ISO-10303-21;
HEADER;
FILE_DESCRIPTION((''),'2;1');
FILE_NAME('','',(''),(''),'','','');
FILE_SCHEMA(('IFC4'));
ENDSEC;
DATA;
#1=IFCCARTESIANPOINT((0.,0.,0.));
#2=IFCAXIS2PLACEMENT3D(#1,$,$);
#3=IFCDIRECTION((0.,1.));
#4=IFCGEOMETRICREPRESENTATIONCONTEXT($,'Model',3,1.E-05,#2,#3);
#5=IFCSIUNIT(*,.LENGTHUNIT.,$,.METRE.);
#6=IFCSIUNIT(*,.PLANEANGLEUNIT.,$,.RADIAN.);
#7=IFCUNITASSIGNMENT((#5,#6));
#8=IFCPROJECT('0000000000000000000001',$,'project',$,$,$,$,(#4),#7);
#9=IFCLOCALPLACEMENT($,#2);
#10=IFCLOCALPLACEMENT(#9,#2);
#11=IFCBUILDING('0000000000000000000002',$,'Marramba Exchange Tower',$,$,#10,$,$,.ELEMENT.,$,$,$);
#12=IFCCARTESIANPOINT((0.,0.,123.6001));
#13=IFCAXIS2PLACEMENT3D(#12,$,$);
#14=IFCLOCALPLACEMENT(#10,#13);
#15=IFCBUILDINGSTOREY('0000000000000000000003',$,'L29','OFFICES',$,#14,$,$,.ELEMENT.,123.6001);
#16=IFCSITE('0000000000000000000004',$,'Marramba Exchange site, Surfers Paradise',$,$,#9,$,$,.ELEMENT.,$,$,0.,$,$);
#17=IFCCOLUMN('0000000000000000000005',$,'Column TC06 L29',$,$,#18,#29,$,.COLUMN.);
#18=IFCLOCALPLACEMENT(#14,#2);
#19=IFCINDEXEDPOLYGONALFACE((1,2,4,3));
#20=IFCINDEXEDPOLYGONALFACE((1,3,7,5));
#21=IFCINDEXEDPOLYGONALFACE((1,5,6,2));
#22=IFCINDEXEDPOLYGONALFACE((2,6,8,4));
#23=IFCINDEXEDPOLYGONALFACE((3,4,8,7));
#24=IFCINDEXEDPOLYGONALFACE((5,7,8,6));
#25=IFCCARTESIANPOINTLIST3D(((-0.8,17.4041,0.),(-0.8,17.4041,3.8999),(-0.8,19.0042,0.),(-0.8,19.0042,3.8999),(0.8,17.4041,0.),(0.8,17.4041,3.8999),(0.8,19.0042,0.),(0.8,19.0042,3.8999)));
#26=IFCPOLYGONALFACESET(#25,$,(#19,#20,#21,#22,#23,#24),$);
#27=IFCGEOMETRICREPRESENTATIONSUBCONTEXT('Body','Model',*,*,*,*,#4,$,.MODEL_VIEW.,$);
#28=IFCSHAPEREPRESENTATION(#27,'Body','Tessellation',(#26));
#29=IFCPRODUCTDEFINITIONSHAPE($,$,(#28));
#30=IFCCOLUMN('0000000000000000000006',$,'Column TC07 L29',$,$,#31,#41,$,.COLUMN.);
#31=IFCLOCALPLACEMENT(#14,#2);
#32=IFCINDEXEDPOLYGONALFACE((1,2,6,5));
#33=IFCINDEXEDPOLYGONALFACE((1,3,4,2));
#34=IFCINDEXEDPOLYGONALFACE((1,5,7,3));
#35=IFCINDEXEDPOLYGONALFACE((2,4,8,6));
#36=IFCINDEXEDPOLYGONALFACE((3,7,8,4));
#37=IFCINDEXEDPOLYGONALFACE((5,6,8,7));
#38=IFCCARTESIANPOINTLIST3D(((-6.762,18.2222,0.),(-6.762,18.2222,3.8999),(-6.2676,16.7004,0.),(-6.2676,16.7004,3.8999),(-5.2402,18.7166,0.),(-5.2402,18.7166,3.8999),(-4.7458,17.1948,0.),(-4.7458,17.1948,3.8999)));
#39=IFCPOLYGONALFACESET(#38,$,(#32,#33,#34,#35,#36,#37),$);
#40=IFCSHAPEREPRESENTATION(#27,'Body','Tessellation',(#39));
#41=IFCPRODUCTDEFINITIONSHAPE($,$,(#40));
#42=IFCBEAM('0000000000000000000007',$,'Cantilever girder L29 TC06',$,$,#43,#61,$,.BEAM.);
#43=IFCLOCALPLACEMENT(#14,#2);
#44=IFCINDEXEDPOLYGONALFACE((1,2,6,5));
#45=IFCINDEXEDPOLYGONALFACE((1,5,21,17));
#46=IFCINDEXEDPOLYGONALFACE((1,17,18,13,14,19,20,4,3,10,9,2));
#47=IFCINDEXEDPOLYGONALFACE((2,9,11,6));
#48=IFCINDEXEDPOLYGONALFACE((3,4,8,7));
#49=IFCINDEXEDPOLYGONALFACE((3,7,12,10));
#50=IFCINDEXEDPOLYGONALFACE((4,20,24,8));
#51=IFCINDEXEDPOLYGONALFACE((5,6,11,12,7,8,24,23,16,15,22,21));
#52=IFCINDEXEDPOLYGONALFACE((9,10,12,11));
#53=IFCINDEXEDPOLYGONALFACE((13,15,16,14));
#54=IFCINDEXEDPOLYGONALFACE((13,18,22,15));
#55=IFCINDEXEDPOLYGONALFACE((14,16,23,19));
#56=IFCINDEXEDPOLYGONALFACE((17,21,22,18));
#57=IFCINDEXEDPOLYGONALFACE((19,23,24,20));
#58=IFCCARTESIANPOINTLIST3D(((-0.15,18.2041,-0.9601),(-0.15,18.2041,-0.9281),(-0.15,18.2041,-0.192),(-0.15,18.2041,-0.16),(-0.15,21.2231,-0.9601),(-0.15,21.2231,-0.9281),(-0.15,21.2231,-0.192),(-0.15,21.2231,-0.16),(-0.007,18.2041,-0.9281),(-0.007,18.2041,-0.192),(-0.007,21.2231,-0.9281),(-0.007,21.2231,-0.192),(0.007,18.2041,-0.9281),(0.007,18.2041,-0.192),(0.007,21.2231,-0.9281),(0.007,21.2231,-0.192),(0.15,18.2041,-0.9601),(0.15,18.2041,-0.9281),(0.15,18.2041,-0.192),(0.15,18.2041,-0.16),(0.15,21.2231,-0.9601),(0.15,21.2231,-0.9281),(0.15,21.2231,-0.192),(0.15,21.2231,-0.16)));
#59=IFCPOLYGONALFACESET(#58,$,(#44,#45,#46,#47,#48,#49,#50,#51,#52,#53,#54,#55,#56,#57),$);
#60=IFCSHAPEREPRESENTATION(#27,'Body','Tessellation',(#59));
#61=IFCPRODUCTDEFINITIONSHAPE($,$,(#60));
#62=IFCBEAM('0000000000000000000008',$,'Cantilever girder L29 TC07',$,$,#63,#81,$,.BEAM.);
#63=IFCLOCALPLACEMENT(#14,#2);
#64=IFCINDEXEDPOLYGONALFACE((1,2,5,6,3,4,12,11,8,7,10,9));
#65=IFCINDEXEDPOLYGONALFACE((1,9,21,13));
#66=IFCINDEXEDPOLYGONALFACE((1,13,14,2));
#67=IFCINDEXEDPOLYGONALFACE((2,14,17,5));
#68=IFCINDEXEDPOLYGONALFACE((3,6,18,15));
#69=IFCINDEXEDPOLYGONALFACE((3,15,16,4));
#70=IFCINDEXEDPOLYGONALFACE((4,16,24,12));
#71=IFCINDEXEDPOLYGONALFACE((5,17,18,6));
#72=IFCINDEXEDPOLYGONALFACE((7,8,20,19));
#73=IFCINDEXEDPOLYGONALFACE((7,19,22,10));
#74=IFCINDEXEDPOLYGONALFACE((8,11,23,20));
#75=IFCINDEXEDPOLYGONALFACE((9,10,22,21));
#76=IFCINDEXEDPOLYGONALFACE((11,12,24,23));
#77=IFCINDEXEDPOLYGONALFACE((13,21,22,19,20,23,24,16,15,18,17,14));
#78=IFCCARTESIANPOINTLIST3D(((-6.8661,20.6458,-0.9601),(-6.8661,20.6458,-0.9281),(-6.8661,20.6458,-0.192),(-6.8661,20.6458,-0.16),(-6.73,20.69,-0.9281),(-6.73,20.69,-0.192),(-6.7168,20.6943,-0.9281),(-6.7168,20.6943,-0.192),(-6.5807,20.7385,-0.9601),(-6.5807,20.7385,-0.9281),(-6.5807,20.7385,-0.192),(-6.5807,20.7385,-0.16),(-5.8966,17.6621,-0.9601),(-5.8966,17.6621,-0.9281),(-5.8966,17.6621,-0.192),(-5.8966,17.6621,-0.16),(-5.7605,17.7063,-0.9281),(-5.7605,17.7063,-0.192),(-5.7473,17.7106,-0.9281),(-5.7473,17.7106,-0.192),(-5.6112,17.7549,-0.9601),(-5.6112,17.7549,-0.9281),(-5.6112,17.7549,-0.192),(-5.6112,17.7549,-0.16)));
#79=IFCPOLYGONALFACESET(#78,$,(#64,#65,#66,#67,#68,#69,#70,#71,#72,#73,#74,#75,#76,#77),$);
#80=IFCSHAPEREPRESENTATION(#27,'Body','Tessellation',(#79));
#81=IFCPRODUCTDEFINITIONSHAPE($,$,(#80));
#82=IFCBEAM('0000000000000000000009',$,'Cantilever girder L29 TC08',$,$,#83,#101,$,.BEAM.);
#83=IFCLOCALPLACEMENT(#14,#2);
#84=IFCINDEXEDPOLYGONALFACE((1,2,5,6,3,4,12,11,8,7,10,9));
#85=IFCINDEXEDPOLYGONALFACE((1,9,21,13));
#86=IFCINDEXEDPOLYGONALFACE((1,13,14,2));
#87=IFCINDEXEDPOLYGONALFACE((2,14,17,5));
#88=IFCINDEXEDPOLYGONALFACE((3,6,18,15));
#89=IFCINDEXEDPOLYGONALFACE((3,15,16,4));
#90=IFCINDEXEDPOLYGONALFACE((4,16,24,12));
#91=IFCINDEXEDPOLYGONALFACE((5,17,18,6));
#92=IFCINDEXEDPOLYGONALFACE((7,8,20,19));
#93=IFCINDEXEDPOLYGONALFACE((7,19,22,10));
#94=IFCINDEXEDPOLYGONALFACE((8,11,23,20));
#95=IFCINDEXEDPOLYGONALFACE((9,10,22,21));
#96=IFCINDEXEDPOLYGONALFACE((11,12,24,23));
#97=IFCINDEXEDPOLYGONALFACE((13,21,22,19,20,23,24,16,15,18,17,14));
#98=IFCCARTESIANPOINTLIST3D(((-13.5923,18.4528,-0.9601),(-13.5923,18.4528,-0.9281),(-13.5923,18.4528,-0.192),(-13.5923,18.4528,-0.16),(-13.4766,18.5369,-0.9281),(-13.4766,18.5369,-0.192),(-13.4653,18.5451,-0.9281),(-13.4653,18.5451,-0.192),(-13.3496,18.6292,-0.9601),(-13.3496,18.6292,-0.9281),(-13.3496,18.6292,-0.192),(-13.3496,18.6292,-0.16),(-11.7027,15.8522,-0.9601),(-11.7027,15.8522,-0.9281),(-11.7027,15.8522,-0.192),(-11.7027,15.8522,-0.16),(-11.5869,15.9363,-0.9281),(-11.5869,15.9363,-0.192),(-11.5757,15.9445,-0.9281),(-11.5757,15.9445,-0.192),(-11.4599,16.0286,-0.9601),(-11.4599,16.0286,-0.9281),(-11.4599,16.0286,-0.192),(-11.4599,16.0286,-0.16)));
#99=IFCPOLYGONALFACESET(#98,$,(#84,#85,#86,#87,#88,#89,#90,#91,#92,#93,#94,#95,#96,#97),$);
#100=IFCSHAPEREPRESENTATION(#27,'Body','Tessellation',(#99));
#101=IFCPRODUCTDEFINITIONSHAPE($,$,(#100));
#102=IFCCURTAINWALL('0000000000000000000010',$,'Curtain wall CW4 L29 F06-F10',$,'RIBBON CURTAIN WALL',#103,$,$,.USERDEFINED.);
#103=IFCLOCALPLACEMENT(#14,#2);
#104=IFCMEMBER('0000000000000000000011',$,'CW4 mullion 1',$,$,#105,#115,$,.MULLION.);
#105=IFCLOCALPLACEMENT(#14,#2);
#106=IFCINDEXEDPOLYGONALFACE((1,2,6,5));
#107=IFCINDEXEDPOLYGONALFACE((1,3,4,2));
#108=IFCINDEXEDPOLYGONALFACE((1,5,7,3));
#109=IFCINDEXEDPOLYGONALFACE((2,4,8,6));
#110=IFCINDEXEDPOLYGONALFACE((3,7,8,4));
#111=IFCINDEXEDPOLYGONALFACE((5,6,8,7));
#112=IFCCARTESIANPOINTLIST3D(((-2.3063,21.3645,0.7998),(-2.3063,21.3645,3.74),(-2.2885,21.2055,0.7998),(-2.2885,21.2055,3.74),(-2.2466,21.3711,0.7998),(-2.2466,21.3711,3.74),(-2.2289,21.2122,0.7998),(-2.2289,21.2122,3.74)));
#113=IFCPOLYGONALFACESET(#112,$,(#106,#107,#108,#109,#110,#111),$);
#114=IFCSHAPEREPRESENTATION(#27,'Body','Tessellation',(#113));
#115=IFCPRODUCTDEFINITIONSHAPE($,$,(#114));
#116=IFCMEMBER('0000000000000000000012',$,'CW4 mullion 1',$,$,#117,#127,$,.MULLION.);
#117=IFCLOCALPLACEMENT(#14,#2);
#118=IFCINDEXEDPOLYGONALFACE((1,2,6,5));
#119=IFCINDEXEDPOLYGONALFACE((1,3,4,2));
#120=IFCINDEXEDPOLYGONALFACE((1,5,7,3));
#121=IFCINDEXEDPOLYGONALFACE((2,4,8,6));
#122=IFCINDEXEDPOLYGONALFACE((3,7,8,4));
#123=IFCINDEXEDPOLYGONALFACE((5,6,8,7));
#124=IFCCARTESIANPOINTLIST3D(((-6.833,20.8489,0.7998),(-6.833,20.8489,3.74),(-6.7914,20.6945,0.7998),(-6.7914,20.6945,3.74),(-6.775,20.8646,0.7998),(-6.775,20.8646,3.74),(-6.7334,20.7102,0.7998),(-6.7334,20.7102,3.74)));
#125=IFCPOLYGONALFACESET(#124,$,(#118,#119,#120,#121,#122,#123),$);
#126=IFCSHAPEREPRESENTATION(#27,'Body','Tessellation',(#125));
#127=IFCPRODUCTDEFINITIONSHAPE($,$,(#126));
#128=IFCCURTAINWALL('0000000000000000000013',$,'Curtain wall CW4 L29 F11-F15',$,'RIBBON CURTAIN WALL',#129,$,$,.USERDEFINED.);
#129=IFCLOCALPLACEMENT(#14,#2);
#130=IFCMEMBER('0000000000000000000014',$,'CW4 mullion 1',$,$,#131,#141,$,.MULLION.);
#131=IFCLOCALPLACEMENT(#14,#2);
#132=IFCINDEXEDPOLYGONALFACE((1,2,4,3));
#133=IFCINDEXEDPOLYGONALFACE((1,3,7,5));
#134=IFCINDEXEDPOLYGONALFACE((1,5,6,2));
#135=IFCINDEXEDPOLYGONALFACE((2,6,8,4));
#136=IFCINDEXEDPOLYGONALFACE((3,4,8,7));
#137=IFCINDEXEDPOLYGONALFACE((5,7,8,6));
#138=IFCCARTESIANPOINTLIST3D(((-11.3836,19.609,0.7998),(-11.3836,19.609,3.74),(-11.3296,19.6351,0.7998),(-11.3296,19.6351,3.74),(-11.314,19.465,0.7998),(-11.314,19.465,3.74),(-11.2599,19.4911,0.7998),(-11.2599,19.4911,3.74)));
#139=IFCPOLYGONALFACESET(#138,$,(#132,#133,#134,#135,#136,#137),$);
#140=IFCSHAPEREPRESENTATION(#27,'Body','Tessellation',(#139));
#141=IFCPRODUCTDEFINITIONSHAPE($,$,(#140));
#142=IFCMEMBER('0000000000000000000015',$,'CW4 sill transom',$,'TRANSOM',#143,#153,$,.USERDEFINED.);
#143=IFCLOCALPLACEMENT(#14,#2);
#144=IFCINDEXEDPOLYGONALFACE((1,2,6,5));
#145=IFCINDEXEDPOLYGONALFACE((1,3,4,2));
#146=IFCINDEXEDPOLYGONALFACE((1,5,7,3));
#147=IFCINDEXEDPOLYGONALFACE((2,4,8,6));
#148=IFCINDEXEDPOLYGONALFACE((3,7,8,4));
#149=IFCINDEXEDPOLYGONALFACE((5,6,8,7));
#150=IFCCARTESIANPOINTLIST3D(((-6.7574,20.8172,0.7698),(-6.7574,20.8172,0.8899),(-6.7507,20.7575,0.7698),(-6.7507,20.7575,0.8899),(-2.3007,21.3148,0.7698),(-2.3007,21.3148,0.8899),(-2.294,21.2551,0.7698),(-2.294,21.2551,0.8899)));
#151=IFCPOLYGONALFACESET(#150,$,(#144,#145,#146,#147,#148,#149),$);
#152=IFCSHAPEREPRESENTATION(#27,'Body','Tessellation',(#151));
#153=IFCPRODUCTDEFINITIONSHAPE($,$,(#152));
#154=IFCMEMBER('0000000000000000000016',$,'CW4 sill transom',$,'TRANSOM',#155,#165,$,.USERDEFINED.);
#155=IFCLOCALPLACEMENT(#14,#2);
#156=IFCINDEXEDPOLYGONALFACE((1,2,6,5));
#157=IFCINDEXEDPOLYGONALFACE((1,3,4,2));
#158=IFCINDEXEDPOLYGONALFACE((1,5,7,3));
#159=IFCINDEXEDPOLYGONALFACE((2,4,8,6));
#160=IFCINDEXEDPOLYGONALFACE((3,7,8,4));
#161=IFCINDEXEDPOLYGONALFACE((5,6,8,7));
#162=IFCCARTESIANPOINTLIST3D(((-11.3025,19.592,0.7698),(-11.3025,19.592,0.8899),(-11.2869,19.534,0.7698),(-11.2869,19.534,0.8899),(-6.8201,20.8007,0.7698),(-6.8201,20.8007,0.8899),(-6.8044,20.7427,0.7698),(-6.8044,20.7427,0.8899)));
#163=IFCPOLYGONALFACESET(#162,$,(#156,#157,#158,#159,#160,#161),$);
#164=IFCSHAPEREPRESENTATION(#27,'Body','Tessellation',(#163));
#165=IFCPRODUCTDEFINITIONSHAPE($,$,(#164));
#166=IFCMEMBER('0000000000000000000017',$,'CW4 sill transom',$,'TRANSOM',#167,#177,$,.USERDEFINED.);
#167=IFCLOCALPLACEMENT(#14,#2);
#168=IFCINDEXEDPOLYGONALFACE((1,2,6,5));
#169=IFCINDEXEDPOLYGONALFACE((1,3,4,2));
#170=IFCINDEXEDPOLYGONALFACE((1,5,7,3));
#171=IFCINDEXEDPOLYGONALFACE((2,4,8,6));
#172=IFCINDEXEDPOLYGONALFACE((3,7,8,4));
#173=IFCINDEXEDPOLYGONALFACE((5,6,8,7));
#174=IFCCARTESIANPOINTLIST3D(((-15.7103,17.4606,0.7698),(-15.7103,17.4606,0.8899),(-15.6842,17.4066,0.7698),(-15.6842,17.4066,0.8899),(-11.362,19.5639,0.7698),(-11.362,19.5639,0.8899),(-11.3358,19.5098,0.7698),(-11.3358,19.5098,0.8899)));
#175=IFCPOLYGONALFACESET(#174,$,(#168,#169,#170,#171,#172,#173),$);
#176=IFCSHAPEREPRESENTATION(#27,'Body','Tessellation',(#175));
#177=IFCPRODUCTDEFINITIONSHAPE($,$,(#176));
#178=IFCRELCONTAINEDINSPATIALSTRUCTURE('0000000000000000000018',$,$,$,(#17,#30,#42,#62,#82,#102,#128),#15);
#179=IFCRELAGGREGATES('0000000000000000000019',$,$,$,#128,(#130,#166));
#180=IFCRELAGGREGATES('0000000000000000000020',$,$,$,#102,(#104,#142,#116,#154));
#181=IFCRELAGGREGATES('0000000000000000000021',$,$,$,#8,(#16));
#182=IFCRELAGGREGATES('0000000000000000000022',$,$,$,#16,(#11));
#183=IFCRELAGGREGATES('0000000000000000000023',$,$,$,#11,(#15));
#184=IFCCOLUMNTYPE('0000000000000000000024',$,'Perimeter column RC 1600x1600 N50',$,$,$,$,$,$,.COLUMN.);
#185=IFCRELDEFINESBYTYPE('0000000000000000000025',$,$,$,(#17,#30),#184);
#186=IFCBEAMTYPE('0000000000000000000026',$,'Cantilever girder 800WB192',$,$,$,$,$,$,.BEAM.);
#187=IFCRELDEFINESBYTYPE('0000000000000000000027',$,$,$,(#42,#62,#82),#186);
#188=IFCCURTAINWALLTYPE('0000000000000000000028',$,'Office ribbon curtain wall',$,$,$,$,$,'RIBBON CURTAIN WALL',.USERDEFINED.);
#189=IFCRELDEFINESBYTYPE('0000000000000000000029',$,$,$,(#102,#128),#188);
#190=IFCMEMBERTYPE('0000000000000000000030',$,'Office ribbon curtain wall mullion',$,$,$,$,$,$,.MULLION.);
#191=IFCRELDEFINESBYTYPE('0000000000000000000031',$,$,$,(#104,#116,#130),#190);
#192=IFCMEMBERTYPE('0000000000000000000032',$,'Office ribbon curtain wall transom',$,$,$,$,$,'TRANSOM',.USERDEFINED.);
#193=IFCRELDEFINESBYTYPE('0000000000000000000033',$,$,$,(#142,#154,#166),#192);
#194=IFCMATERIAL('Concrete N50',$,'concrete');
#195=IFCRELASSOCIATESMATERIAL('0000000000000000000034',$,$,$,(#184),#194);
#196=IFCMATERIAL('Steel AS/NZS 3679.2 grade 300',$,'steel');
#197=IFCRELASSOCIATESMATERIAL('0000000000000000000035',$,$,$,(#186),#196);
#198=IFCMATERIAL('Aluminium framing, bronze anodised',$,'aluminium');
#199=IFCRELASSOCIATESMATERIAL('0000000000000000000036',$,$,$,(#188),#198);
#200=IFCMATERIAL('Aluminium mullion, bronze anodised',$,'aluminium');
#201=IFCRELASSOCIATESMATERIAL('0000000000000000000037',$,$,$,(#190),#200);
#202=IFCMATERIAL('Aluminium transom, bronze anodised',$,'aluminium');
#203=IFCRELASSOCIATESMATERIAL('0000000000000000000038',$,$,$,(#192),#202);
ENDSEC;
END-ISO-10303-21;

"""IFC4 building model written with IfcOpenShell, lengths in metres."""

from ifc_helpers import new_model, si_unit, direction, frame, origin, origin_2d, place, context, subcontext, project, spatial, rectangle, i_section, extrude, material, material_profile, profile_set, type_object, element, aggregate, save


model = new_model("IFC4")

# Units and contexts
model_context = context("Model", 3, precision=1e-05, world=origin(), true_north=direction((0.0, 1.0)))
body_context = subcontext(model_context, "Body", "Model", "MODEL_VIEW")
ifc_project = project(units=[si_unit("LENGTHUNIT", "METRE"), si_unit("PLANEANGLEUNIT", "RADIAN")], contexts=[model_context])

# Site, building, storey
site_placement = place(None, origin())
site = spatial("IfcSite", under=ifc_project, at=site_placement, Name="Marramba Exchange site, Surfers Paradise", CompositionType="ELEMENT", RefElevation=0.0)
building_placement = place(site_placement, origin())
building = spatial("IfcBuilding", under=site, at=building_placement, Name="Marramba Exchange Tower", CompositionType="ELEMENT")
storey_placement = place(building_placement, frame((0.0, 0.0, 123.6001)))
storey = spatial("IfcBuildingStorey", under=building, at=storey_placement, Name="L29", Description="OFFICES", CompositionType="ELEMENT", Elevation=123.6001)

# Columns
ifc_material_1 = material(Name="Concrete N50", Category="concrete")
ifc_material_profile_1 = material_profile(ifc_material_1, rectangle(XDim=1.6001, YDim=1.6001, at=origin_2d()), Name="RC 1600x1600")
ifc_profile_set_1 = profile_set([ifc_material_profile_1], Name="Concrete N50")
column_type = type_object("IfcColumnType", Name="Perimeter column RC 1600x1600 N50", PredefinedType="COLUMN", material=ifc_profile_set_1)
for number, where, z_axis, x_axis, name in (
    (1, (0.0, 18.2041, 0.0), (0.0, 0.0, 1.0), (0.0, 1.0, 0.0), "Column TC06 L29"),
    (2, (-5.7539, 17.7085, 0.0), (0.0, 0.0, 1.0), (-0.309017, 0.951057, 0.0), "Column TC07 L29"),
):
    element("IfcColumn", number, at=place(storey_placement, frame(where, z_axis=z_axis, x_axis=x_axis)), inside=storey, type_object=column_type, Name=name, PredefinedType="COLUMN", context=body_context, shape_type="SweptSolid", body=[
        extrude(rectangle(XDim=1.6001, YDim=1.6001, at=origin_2d()), origin(), (0.0, 0.0, 1.0), 3.8999),
    ])

# Beams
ifc_material_2 = material(Name="Steel AS/NZS 3679.2 grade 300", Category="steel")
ifc_material_profile_2 = material_profile(ifc_material_2, i_section(OverallWidth=0.3, OverallDepth=0.8, WebThickness=0.0139, FlangeThickness=0.032, at=origin_2d()), Name="800WB192")
ifc_profile_set_2 = profile_set([ifc_material_profile_2], Name="Steel AS/NZS 3679.2 grade 300")
beam_type_1 = type_object("IfcBeamType", Name="Cantilever girder 800WB192", PredefinedType="BEAM", material=ifc_profile_set_2)
beam_1_placement = place(storey_placement, frame((0.0, 18.2041, -0.5601), z_axis=(0.0, 1.0, 0.0), x_axis=(-1.0, 0.0, 0.0)))
element("IfcBeam", 3, at=beam_1_placement, inside=storey, type_object=beam_type_1, Name="Cantilever girder L29 TC06", PredefinedType="BEAM", context=body_context, shape_type="SweptSolid", body=[
    extrude(i_section(OverallWidth=0.3, OverallDepth=0.8, WebThickness=0.0139, FlangeThickness=0.032, at=origin_2d()), origin(), (0.0, 0.0, 1.0), 3.019),
])
beam_2_placement = place(storey_placement, frame((-5.7539, 17.7085, -0.5601), z_axis=(-0.309028, 0.951053, 0.0), x_axis=(-0.951053, -0.309028, 0.0)))
element("IfcBeam", 4, at=beam_2_placement, inside=storey, type_object=beam_type_1, Name="Cantilever girder L29 TC07", PredefinedType="BEAM", context=body_context, shape_type="SweptSolid", body=[
    extrude(i_section(OverallWidth=0.3, OverallDepth=0.8, WebThickness=0.0139, FlangeThickness=0.032, at=origin_2d()), origin(), (0.0, 0.0, 1.0), 3.1372),
])
beam_3_placement = place(storey_placement, frame((-11.5813, 15.9404, -0.5601), z_axis=(-0.587828, 0.808986, 0.0), x_axis=(-0.808986, -0.587828, 0.0)))
element("IfcBeam", 5, at=beam_3_placement, inside=storey, type_object=beam_type_1, Name="Cantilever girder L29 TC08", PredefinedType="BEAM", context=body_context, shape_type="SweptSolid", body=[
    extrude(i_section(OverallWidth=0.3, OverallDepth=0.8, WebThickness=0.0139, FlangeThickness=0.032, at=origin_2d()), origin(), (0.0, 0.0, 1.0), 3.2146),
])

# Curtain wall, members
ifc_material_3 = material(Name="Aluminium framing, bronze anodised", Category="aluminium")
curtain_wall_type = type_object("IfcCurtainWallType", Name="Office ribbon curtain wall", ElementType="RIBBON CURTAIN WALL", PredefinedType="USERDEFINED", material=ifc_material_3)
curtain_wall_1_placement = place(storey_placement, origin())
curtain_wall_1 = element("IfcCurtainWall", 6, at=curtain_wall_1_placement, inside=storey, type_object=curtain_wall_type, Name="Curtain wall CW4 L29 F06-F10", ObjectType="RIBBON CURTAIN WALL", PredefinedType="USERDEFINED")
ifc_material_4 = material(Name="Aluminium mullion, bronze anodised", Category="aluminium")
ifc_material_profile_3 = material_profile(ifc_material_4, rectangle(XDim=0.1599, YDim=0.0601, at=origin_2d()), Name="CW4 mullion 60x160")
ifc_profile_set_3 = profile_set([ifc_material_profile_3], Name="Aluminium mullion, bronze anodised")
member_type_1 = type_object("IfcMemberType", Name="Office ribbon curtain wall mullion", PredefinedType="MULLION", material=ifc_profile_set_3)
member_1_placement = place(storey_placement, frame((-2.2676, 21.2883, 0.7998), z_axis=(0.0, 0.0, 1.0), x_axis=(0.110973, -0.993823, 0.0)))
member_1 = element("IfcMember", 7, at=member_1_placement, type_object=member_type_1, Name="CW4 mullion 1", PredefinedType="MULLION", context=body_context, shape_type="SweptSolid", body=[
    extrude(rectangle(XDim=0.1599, YDim=0.0601, at=origin_2d()), origin(), (0.0, 0.0, 1.0), 2.9402),
])
member_2_placement = place(storey_placement, frame((-6.7832, 20.7795, 0.7998), z_axis=(0.0, 0.0, 1.0), x_axis=(0.260321, -0.965522, 0.0)))
member_2 = element("IfcMember", 8, at=member_2_placement, type_object=member_type_1, Name="CW4 mullion 1", PredefinedType="MULLION", context=body_context, shape_type="SweptSolid", body=[
    extrude(rectangle(XDim=0.1599, YDim=0.0601, at=origin_2d()), origin(), (0.0, 0.0, 1.0), 2.9402),
])

# Curtain wall, member
curtain_wall_2_placement = place(storey_placement, origin())
curtain_wall_2 = element("IfcCurtainWall", 9, at=curtain_wall_2_placement, inside=storey, type_object=curtain_wall_type, Name="Curtain wall CW4 L29 F11-F15", ObjectType="RIBBON CURTAIN WALL", PredefinedType="USERDEFINED")
member_3_placement = place(storey_placement, frame((-11.3218, 19.55, 0.7998), z_axis=(0.0, 0.0, 1.0), x_axis=(0.435428, -0.900224, 0.0)))
member_3 = element("IfcMember", 10, at=member_3_placement, type_object=member_type_1, Name="CW4 mullion 1", PredefinedType="MULLION", context=body_context, shape_type="SweptSolid", body=[
    extrude(rectangle(XDim=0.1599, YDim=0.0601, at=origin_2d()), origin(), (0.0, 0.0, 1.0), 2.9402),
])

# Members
ifc_material_5 = material(Name="Aluminium transom, bronze anodised", Category="aluminium")
ifc_material_profile_4 = material_profile(ifc_material_5, rectangle(XDim=0.0601, YDim=0.1201, at=origin_2d()), Name="CW4 transom 60x120")
ifc_profile_set_4 = profile_set([ifc_material_profile_4], Name="Aluminium transom, bronze anodised")
member_type_2 = type_object("IfcMemberType", Name="Office ribbon curtain wall transom", ElementType="TRANSOM", PredefinedType="USERDEFINED", material=ifc_profile_set_4)
member_4_placement = place(storey_placement, frame((-2.2974, 21.2849, 0.8298), z_axis=(-0.993826, -0.110951, 0.0), x_axis=(0.110951, -0.993826, 0.0)))
member_4 = element("IfcMember", 11, at=member_4_placement, type_object=member_type_2, Name="CW4 sill transom", ObjectType="TRANSOM", PredefinedType="USERDEFINED", context=body_context, shape_type="SweptSolid", body=[
    extrude(rectangle(XDim=0.0601, YDim=0.1201, at=origin_2d()), origin(), (0.0, 0.0, 1.0), 4.4844),
])
member_5_placement = place(storey_placement, frame((-6.8123, 20.7717, 0.8298), z_axis=(-0.965511, -0.260362, 0.0), x_axis=(0.260362, -0.965511, 0.0)))
member_5 = element("IfcMember", 12, at=member_5_placement, type_object=member_type_2, Name="CW4 sill transom", ObjectType="TRANSOM", PredefinedType="USERDEFINED", context=body_context, shape_type="SweptSolid", body=[
    extrude(rectangle(XDim=0.0601, YDim=0.1201, at=origin_2d()), origin(), (0.0, 0.0, 1.0), 4.6426),
])
member_6_placement = place(storey_placement, frame((-11.3489, 19.5369, 0.8298), z_axis=(-0.900223, -0.435429, 0.0), x_axis=(0.435429, -0.900223, 0.0)))
member_6 = element("IfcMember", 13, at=member_6_placement, type_object=member_type_2, Name="CW4 sill transom", ObjectType="TRANSOM", PredefinedType="USERDEFINED", context=body_context, shape_type="SweptSolid", body=[
    extrude(rectangle(XDim=0.0601, YDim=0.1201, at=origin_2d()), origin(), (0.0, 0.0, 1.0), 4.8303),
])
aggregate(curtain_wall_2, [member_3, member_6])

aggregate(curtain_wall_1, [member_1, member_4, member_2, member_5])

save(model, "model.ifc")
